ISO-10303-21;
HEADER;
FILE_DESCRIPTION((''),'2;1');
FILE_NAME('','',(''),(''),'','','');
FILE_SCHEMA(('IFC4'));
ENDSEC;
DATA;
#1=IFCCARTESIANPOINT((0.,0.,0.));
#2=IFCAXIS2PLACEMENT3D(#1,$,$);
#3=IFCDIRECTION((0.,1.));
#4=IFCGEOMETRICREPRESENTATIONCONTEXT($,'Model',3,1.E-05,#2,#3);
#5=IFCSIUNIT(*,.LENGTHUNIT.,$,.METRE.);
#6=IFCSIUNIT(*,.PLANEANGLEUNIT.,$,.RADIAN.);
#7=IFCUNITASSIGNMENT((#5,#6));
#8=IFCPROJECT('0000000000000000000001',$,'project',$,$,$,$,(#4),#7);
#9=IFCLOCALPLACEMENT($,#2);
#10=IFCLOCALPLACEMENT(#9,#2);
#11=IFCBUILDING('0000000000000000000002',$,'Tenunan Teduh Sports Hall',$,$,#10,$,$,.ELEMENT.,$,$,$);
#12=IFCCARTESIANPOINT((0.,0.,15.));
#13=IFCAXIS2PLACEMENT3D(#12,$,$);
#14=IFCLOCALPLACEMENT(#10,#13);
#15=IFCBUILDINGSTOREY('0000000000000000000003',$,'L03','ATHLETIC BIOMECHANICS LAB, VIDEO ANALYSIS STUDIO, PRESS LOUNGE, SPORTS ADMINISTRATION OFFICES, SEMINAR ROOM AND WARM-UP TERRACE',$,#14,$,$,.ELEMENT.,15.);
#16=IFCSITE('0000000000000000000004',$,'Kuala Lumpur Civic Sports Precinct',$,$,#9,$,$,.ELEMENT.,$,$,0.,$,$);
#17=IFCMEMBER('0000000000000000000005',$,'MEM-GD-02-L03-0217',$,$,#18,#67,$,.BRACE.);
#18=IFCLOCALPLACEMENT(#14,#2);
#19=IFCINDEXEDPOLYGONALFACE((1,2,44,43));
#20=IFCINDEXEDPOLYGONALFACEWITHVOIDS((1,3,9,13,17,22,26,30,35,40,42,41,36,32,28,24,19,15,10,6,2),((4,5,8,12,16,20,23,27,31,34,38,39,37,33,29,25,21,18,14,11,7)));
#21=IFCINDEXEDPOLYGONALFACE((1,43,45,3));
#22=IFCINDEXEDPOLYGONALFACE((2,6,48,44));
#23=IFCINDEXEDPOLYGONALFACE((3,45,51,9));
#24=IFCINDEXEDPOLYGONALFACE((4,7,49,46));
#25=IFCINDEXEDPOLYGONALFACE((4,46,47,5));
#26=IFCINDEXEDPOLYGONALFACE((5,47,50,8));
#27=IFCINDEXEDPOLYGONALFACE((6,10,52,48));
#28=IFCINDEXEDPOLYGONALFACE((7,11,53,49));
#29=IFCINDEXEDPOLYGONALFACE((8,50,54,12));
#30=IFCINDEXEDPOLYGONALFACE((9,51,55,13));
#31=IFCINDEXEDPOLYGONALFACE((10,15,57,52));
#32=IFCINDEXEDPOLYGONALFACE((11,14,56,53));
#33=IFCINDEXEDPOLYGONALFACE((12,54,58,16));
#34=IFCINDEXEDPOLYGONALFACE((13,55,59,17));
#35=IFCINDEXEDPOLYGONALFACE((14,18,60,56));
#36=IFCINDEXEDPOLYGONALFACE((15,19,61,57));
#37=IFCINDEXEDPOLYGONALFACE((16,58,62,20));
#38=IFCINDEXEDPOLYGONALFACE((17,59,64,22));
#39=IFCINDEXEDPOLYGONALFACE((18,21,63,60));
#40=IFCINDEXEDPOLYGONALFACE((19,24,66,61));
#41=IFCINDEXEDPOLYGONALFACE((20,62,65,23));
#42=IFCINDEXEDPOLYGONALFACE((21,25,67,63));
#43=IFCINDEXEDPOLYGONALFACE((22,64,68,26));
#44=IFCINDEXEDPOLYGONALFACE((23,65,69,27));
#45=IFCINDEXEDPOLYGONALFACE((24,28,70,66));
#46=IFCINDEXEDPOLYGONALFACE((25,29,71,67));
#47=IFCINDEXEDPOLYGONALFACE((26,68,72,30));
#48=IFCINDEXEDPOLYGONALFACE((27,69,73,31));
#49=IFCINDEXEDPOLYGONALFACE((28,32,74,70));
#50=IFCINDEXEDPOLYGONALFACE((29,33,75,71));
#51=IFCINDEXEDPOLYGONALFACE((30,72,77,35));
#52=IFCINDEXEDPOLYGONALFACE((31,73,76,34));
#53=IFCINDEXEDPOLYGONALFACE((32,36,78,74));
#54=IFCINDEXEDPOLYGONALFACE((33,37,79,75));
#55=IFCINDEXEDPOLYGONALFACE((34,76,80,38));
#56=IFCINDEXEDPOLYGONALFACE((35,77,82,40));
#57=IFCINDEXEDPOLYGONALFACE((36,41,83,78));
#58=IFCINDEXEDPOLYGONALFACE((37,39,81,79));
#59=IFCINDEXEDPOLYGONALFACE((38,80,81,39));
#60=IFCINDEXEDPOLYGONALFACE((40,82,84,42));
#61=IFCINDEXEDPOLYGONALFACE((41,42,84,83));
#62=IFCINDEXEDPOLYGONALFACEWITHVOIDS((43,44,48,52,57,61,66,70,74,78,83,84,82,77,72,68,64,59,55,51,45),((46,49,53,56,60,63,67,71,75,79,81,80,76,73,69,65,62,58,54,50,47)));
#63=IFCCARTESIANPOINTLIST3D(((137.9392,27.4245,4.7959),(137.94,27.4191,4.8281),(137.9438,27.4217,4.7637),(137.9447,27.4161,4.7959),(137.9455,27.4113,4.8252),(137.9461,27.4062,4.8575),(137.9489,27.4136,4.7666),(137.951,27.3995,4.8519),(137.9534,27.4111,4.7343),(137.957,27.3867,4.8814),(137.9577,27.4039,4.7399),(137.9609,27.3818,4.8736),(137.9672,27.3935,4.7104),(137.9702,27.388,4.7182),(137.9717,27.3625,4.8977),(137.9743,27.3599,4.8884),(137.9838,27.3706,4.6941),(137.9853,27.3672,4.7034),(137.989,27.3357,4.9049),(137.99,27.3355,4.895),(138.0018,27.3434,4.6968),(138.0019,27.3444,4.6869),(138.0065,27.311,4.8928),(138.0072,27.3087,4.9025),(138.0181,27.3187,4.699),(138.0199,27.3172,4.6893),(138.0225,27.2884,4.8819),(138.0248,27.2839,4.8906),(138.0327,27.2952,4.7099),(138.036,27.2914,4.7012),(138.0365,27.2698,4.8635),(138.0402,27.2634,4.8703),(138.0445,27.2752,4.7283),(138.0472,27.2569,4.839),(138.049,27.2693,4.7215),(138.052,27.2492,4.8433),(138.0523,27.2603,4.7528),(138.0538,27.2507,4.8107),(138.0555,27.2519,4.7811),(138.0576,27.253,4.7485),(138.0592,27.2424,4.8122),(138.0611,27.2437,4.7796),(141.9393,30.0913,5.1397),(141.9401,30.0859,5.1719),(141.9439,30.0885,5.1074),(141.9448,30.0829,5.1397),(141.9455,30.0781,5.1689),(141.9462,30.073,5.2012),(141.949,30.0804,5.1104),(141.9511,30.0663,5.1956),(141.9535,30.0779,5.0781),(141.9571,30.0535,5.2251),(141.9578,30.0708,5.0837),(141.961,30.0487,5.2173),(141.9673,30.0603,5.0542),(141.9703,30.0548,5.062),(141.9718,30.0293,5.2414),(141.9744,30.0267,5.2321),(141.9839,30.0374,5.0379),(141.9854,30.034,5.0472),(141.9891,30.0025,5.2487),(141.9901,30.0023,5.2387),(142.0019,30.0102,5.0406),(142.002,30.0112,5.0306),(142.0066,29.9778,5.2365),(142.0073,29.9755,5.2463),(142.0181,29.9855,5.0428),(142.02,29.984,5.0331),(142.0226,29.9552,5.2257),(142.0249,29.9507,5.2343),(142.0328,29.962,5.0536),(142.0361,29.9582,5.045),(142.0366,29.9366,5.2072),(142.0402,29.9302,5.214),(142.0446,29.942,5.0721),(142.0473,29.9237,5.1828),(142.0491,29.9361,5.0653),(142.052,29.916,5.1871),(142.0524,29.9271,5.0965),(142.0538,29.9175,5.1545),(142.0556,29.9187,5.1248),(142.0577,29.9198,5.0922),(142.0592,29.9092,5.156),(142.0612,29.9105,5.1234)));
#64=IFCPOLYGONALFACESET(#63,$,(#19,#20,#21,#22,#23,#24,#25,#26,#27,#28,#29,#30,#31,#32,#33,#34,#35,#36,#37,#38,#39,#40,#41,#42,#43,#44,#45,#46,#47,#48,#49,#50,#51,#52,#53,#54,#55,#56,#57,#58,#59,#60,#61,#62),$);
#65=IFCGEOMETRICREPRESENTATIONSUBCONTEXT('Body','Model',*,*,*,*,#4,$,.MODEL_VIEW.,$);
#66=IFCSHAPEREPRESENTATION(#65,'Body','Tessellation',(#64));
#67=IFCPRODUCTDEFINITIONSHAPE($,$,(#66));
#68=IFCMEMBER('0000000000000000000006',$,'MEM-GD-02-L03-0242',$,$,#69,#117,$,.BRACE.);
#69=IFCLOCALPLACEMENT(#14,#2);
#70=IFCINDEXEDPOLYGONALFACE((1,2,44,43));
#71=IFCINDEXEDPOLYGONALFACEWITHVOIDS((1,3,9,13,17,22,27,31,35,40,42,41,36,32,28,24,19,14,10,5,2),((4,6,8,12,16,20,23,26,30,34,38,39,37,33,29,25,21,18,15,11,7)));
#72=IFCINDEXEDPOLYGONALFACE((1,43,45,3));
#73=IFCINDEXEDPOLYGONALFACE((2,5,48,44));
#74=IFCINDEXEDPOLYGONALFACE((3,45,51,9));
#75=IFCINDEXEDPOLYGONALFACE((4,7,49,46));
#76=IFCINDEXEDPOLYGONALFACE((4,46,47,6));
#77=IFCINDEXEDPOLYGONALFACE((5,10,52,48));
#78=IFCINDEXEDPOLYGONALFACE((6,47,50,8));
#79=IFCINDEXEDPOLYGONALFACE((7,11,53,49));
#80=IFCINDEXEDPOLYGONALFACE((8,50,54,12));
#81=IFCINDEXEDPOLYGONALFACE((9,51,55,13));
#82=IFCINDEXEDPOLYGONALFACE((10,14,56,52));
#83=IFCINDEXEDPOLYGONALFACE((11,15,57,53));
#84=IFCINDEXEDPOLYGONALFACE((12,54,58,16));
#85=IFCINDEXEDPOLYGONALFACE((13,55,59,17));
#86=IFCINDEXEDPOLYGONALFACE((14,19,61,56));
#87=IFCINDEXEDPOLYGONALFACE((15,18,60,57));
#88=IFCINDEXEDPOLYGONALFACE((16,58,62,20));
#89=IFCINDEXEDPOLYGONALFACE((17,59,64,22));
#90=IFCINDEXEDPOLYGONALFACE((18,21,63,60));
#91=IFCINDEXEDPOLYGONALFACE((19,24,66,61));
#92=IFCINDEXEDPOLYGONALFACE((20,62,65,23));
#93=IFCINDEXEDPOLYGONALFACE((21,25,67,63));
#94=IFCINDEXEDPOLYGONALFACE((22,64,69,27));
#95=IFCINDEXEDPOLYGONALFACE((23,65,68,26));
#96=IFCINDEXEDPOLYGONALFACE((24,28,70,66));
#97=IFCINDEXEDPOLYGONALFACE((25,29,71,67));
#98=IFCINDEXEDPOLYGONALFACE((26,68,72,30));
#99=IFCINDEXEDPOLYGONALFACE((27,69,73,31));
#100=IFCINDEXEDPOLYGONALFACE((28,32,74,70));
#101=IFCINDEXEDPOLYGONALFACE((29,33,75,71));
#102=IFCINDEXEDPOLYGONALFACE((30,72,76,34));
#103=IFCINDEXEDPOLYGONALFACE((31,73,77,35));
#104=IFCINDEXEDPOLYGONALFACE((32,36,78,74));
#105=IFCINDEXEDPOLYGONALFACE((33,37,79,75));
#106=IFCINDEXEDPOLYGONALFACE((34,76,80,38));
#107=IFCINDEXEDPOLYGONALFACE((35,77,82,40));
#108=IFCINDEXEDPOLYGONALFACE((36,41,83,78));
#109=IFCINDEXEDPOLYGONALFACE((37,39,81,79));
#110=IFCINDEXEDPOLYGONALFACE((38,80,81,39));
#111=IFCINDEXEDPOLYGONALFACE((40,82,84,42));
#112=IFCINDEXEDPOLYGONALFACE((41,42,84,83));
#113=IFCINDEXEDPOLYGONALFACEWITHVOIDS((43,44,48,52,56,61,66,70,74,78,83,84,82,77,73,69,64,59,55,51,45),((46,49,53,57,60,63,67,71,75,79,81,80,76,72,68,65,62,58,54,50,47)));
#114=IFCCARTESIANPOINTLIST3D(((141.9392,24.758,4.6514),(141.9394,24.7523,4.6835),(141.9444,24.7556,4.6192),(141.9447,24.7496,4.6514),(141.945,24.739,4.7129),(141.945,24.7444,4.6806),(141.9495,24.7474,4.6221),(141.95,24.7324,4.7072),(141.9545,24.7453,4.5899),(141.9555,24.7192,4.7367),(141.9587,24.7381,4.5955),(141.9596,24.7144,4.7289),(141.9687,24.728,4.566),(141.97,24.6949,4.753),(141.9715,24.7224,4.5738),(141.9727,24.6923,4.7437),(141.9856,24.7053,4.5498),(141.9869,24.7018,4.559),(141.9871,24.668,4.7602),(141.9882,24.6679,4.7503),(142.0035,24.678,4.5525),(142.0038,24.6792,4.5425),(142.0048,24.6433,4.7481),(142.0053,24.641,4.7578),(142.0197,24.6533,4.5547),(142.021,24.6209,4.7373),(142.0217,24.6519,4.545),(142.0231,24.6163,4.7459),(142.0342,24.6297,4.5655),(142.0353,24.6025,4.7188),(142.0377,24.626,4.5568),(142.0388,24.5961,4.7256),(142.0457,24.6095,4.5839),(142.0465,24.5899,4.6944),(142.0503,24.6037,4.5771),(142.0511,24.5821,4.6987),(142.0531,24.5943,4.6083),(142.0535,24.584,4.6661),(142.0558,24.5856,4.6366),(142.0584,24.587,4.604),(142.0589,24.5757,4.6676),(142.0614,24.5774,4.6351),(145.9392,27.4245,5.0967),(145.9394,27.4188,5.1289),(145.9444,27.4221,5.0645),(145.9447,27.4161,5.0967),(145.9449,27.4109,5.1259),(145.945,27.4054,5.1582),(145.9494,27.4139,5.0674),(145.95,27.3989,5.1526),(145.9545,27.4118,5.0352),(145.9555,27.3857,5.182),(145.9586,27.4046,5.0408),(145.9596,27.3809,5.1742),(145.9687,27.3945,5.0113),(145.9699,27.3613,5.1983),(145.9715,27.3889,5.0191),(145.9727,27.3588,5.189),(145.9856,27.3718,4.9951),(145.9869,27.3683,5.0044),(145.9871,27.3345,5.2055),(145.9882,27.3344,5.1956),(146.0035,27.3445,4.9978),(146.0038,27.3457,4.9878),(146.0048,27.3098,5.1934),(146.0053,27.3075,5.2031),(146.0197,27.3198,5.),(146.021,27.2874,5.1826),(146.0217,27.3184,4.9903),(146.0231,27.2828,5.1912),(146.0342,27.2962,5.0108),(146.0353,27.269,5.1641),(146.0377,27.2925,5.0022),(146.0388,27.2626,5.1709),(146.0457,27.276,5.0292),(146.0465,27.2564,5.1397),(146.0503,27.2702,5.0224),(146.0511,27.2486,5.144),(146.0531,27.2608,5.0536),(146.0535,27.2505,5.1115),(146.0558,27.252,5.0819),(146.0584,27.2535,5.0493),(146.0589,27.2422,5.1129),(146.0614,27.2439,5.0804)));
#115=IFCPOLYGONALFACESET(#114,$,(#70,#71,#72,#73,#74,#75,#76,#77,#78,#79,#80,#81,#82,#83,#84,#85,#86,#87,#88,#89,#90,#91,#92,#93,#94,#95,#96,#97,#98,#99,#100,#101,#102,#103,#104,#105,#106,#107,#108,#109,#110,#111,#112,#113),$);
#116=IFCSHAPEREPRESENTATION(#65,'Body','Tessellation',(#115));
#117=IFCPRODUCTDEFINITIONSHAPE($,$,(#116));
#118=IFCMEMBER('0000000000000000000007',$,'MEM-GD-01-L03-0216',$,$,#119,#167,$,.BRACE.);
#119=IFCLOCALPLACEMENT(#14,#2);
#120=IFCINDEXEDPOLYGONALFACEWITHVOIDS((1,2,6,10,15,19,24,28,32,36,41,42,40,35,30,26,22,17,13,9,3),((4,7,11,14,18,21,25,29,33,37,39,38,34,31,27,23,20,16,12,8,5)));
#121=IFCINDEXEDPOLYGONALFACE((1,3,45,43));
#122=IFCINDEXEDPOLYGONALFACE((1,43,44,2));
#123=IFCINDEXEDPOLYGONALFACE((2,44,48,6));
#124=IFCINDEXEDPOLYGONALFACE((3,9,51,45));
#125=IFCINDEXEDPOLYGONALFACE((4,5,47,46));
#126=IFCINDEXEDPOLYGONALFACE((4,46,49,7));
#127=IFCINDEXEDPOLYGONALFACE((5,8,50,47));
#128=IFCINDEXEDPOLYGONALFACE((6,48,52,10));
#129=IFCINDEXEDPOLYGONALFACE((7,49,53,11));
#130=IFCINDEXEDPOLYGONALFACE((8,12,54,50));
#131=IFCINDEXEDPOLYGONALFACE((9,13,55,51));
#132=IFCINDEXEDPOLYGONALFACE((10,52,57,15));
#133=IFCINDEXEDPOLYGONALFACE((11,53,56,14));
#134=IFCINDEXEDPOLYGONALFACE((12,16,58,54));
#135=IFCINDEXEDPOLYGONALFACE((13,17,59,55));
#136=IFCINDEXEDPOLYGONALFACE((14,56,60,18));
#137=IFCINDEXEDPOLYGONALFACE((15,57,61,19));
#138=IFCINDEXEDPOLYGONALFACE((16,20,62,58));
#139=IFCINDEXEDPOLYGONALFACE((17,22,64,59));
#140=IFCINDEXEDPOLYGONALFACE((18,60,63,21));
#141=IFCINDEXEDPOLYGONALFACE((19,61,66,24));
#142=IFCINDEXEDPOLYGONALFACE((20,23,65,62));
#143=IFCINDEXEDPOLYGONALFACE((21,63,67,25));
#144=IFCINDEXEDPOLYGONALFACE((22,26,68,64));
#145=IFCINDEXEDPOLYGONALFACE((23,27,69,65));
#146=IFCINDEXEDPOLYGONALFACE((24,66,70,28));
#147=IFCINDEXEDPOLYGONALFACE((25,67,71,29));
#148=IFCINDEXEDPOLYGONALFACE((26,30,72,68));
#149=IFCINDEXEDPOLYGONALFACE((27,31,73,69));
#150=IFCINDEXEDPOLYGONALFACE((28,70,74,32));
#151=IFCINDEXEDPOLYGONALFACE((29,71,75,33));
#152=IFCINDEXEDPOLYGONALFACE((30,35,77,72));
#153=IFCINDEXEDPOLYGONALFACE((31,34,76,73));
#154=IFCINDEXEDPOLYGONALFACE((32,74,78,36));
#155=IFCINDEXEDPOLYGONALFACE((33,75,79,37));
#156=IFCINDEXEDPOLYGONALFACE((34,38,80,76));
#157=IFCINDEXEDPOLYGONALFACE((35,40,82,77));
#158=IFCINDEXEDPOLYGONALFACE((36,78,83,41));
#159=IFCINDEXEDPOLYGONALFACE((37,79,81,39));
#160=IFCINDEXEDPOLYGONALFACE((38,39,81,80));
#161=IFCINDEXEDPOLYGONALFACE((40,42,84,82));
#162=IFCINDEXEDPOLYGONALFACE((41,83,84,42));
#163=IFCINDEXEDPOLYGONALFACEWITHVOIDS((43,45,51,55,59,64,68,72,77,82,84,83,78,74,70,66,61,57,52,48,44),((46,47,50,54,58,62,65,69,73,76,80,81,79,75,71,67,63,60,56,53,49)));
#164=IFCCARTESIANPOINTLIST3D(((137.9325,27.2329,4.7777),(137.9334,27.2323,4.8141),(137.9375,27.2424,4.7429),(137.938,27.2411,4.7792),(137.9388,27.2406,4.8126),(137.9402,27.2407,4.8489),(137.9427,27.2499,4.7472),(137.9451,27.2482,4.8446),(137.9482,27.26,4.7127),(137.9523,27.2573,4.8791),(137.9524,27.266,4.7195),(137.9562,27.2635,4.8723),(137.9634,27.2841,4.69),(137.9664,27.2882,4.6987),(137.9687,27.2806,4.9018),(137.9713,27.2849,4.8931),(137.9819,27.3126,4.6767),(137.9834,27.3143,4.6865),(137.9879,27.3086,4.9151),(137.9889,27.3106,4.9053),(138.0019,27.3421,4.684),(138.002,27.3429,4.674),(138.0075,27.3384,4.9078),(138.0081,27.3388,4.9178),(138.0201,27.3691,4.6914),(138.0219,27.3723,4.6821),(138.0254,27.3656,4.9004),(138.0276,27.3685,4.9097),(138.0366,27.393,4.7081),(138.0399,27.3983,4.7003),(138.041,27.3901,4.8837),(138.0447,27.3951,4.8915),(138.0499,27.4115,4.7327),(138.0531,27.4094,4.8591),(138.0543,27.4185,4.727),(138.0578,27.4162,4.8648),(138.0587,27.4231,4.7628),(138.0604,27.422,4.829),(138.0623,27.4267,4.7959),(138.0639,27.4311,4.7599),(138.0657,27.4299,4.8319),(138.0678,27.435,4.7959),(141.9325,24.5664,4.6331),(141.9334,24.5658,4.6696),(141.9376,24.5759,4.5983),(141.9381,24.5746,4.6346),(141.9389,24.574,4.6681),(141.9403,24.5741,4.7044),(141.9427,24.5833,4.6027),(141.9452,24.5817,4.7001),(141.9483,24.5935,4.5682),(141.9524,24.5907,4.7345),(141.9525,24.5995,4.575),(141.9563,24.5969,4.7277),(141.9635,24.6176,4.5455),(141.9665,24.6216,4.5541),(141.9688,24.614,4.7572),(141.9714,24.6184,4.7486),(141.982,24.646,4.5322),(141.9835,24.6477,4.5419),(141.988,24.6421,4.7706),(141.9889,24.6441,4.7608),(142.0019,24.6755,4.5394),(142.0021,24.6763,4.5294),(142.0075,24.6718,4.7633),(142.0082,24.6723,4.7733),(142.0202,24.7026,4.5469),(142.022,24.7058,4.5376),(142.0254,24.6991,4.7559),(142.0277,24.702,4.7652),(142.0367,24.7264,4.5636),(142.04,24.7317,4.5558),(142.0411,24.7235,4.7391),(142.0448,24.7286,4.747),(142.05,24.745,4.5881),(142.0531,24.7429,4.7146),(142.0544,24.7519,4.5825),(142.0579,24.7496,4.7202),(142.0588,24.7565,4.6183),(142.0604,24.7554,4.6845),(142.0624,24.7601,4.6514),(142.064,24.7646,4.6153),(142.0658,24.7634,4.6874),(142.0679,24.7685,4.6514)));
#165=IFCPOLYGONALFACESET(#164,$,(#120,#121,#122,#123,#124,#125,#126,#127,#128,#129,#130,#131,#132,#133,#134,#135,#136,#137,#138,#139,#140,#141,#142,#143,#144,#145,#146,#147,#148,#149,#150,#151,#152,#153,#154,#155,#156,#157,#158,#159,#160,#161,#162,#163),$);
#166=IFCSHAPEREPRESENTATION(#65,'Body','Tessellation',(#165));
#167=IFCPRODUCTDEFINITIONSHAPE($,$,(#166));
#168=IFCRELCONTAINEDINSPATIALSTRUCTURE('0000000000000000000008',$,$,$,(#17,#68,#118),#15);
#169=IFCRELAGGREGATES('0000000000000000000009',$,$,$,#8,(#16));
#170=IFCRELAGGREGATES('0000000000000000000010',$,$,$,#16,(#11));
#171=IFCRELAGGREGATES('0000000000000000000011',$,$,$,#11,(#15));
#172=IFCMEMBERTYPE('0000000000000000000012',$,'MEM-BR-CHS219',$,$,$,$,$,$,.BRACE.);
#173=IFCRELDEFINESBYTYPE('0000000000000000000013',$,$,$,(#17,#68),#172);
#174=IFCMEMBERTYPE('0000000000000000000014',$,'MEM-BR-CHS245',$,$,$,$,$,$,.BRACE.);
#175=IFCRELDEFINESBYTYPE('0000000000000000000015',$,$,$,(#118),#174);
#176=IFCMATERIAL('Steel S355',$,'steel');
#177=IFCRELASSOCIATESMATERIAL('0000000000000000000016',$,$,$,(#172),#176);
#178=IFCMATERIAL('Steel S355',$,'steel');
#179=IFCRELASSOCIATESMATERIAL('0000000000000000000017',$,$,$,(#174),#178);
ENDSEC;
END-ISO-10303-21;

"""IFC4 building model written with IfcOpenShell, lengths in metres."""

from ifc_helpers import new_model, si_unit, direction, frame, origin, origin_2d, place, context, subcontext, project, spatial, hollow_circle, extrude, material, material_profile, profile_set, type_object, element, save


model = new_model("IFC4")

# Units and contexts
model_context = context("Model", 3, precision=1e-05, world=origin(), true_north=direction((0.0, 1.0)))
body_context = subcontext(model_context, "Body", "Model", "MODEL_VIEW")
ifc_project = project(units=[si_unit("LENGTHUNIT", "METRE"), si_unit("PLANEANGLEUNIT", "RADIAN")], contexts=[model_context])

# Site, building, storey
site_placement = place(None, origin())
site = spatial("IfcSite", under=ifc_project, at=site_placement, Name="Kuala Lumpur Civic Sports Precinct", CompositionType="ELEMENT", RefElevation=0.0)
building_placement = place(site_placement, origin())
building = spatial("IfcBuilding", under=site, at=building_placement, Name="Tenunan Teduh Sports Hall", CompositionType="ELEMENT")
storey_placement = place(building_placement, frame((0.0, 0.0, 15.0)))
storey = spatial("IfcBuildingStorey", under=building, at=storey_placement, Name="L03", Description="ATHLETIC BIOMECHANICS LAB, VIDEO ANALYSIS STUDIO, PRESS LOUNGE, SPORTS ADMINISTRATION OFFICES, SEMINAR ROOM AND WARM-UP TERRACE", CompositionType="ELEMENT", Elevation=15.0)

# Members
ifc_material_1 = material(Name="Steel S355", Category="steel")
ifc_material_profile_1 = material_profile(ifc_material_1, hollow_circle(Radius=0.1096, WallThickness=0.01, at=origin_2d()), Name="CHS 219.1x10.0")
ifc_profile_set_1 = profile_set([ifc_material_profile_1], Name="Steel S355")
member_type_1 = type_object("IfcMemberType", Name="MEM-BR-CHS219", PredefinedType="BRACE", material=ifc_profile_set_1)
member_1_placement = place(storey_placement, frame((138.0, 27.3333, 4.7959), z_axis=(0.829924, 0.553299, 0.071322), x_axis=(-0.554712, 0.832042, 0.0)))
element("IfcMember", 1, at=member_1_placement, inside=storey, type_object=member_type_1, Name="MEM-GD-02-L03-0217", PredefinedType="BRACE", context=body_context, shape_type="SweptSolid", body=[
    extrude(hollow_circle(Radius=0.1096, WallThickness=0.01, at=origin_2d()), origin(), (0.0, 0.0, 1.0), 4.8198),
])
member_2_placement = place(storey_placement, frame((142.0, 24.6667, 4.6514), z_axis=(0.828519, 0.552312, 0.092237), x_axis=(-0.554677, 0.832066, 0.0)))
element("IfcMember", 2, at=member_2_placement, inside=storey, type_object=member_type_1, Name="MEM-GD-02-L03-0242", PredefinedType="BRACE", context=body_context, shape_type="SweptSolid", body=[
    extrude(hollow_circle(Radius=0.1096, WallThickness=0.01, at=origin_2d()), origin(), (0.0, 0.0, 1.0), 4.8279),
])
ifc_material_2 = material(Name="Steel S355", Category="steel")
ifc_material_profile_2 = material_profile(ifc_material_2, hollow_circle(Radius=0.1223, WallThickness=0.01, at=origin_2d()), Name="CHS 244.5x10.0")
ifc_profile_set_2 = profile_set([ifc_material_profile_2], Name="Steel S355")
member_type_2 = type_object("IfcMemberType", Name="MEM-BR-CHS245", PredefinedType="BRACE", material=ifc_profile_set_2)
member_3_placement = place(storey_placement, frame((138.0, 27.3333, 4.7959), z_axis=(0.83169, -0.554426, -0.030051), x_axis=(0.554677, 0.832066, 0.0)))
element("IfcMember", 3, at=member_3_placement, inside=storey, type_object=member_type_2, Name="MEM-GD-01-L03-0216", PredefinedType="BRACE", context=body_context, shape_type="SweptSolid", body=[
    extrude(hollow_circle(Radius=0.1223, WallThickness=0.01, at=origin_2d()), origin(), (0.0, 0.0, 1.0), 4.8096),
])

save(model, "model.ifc")
